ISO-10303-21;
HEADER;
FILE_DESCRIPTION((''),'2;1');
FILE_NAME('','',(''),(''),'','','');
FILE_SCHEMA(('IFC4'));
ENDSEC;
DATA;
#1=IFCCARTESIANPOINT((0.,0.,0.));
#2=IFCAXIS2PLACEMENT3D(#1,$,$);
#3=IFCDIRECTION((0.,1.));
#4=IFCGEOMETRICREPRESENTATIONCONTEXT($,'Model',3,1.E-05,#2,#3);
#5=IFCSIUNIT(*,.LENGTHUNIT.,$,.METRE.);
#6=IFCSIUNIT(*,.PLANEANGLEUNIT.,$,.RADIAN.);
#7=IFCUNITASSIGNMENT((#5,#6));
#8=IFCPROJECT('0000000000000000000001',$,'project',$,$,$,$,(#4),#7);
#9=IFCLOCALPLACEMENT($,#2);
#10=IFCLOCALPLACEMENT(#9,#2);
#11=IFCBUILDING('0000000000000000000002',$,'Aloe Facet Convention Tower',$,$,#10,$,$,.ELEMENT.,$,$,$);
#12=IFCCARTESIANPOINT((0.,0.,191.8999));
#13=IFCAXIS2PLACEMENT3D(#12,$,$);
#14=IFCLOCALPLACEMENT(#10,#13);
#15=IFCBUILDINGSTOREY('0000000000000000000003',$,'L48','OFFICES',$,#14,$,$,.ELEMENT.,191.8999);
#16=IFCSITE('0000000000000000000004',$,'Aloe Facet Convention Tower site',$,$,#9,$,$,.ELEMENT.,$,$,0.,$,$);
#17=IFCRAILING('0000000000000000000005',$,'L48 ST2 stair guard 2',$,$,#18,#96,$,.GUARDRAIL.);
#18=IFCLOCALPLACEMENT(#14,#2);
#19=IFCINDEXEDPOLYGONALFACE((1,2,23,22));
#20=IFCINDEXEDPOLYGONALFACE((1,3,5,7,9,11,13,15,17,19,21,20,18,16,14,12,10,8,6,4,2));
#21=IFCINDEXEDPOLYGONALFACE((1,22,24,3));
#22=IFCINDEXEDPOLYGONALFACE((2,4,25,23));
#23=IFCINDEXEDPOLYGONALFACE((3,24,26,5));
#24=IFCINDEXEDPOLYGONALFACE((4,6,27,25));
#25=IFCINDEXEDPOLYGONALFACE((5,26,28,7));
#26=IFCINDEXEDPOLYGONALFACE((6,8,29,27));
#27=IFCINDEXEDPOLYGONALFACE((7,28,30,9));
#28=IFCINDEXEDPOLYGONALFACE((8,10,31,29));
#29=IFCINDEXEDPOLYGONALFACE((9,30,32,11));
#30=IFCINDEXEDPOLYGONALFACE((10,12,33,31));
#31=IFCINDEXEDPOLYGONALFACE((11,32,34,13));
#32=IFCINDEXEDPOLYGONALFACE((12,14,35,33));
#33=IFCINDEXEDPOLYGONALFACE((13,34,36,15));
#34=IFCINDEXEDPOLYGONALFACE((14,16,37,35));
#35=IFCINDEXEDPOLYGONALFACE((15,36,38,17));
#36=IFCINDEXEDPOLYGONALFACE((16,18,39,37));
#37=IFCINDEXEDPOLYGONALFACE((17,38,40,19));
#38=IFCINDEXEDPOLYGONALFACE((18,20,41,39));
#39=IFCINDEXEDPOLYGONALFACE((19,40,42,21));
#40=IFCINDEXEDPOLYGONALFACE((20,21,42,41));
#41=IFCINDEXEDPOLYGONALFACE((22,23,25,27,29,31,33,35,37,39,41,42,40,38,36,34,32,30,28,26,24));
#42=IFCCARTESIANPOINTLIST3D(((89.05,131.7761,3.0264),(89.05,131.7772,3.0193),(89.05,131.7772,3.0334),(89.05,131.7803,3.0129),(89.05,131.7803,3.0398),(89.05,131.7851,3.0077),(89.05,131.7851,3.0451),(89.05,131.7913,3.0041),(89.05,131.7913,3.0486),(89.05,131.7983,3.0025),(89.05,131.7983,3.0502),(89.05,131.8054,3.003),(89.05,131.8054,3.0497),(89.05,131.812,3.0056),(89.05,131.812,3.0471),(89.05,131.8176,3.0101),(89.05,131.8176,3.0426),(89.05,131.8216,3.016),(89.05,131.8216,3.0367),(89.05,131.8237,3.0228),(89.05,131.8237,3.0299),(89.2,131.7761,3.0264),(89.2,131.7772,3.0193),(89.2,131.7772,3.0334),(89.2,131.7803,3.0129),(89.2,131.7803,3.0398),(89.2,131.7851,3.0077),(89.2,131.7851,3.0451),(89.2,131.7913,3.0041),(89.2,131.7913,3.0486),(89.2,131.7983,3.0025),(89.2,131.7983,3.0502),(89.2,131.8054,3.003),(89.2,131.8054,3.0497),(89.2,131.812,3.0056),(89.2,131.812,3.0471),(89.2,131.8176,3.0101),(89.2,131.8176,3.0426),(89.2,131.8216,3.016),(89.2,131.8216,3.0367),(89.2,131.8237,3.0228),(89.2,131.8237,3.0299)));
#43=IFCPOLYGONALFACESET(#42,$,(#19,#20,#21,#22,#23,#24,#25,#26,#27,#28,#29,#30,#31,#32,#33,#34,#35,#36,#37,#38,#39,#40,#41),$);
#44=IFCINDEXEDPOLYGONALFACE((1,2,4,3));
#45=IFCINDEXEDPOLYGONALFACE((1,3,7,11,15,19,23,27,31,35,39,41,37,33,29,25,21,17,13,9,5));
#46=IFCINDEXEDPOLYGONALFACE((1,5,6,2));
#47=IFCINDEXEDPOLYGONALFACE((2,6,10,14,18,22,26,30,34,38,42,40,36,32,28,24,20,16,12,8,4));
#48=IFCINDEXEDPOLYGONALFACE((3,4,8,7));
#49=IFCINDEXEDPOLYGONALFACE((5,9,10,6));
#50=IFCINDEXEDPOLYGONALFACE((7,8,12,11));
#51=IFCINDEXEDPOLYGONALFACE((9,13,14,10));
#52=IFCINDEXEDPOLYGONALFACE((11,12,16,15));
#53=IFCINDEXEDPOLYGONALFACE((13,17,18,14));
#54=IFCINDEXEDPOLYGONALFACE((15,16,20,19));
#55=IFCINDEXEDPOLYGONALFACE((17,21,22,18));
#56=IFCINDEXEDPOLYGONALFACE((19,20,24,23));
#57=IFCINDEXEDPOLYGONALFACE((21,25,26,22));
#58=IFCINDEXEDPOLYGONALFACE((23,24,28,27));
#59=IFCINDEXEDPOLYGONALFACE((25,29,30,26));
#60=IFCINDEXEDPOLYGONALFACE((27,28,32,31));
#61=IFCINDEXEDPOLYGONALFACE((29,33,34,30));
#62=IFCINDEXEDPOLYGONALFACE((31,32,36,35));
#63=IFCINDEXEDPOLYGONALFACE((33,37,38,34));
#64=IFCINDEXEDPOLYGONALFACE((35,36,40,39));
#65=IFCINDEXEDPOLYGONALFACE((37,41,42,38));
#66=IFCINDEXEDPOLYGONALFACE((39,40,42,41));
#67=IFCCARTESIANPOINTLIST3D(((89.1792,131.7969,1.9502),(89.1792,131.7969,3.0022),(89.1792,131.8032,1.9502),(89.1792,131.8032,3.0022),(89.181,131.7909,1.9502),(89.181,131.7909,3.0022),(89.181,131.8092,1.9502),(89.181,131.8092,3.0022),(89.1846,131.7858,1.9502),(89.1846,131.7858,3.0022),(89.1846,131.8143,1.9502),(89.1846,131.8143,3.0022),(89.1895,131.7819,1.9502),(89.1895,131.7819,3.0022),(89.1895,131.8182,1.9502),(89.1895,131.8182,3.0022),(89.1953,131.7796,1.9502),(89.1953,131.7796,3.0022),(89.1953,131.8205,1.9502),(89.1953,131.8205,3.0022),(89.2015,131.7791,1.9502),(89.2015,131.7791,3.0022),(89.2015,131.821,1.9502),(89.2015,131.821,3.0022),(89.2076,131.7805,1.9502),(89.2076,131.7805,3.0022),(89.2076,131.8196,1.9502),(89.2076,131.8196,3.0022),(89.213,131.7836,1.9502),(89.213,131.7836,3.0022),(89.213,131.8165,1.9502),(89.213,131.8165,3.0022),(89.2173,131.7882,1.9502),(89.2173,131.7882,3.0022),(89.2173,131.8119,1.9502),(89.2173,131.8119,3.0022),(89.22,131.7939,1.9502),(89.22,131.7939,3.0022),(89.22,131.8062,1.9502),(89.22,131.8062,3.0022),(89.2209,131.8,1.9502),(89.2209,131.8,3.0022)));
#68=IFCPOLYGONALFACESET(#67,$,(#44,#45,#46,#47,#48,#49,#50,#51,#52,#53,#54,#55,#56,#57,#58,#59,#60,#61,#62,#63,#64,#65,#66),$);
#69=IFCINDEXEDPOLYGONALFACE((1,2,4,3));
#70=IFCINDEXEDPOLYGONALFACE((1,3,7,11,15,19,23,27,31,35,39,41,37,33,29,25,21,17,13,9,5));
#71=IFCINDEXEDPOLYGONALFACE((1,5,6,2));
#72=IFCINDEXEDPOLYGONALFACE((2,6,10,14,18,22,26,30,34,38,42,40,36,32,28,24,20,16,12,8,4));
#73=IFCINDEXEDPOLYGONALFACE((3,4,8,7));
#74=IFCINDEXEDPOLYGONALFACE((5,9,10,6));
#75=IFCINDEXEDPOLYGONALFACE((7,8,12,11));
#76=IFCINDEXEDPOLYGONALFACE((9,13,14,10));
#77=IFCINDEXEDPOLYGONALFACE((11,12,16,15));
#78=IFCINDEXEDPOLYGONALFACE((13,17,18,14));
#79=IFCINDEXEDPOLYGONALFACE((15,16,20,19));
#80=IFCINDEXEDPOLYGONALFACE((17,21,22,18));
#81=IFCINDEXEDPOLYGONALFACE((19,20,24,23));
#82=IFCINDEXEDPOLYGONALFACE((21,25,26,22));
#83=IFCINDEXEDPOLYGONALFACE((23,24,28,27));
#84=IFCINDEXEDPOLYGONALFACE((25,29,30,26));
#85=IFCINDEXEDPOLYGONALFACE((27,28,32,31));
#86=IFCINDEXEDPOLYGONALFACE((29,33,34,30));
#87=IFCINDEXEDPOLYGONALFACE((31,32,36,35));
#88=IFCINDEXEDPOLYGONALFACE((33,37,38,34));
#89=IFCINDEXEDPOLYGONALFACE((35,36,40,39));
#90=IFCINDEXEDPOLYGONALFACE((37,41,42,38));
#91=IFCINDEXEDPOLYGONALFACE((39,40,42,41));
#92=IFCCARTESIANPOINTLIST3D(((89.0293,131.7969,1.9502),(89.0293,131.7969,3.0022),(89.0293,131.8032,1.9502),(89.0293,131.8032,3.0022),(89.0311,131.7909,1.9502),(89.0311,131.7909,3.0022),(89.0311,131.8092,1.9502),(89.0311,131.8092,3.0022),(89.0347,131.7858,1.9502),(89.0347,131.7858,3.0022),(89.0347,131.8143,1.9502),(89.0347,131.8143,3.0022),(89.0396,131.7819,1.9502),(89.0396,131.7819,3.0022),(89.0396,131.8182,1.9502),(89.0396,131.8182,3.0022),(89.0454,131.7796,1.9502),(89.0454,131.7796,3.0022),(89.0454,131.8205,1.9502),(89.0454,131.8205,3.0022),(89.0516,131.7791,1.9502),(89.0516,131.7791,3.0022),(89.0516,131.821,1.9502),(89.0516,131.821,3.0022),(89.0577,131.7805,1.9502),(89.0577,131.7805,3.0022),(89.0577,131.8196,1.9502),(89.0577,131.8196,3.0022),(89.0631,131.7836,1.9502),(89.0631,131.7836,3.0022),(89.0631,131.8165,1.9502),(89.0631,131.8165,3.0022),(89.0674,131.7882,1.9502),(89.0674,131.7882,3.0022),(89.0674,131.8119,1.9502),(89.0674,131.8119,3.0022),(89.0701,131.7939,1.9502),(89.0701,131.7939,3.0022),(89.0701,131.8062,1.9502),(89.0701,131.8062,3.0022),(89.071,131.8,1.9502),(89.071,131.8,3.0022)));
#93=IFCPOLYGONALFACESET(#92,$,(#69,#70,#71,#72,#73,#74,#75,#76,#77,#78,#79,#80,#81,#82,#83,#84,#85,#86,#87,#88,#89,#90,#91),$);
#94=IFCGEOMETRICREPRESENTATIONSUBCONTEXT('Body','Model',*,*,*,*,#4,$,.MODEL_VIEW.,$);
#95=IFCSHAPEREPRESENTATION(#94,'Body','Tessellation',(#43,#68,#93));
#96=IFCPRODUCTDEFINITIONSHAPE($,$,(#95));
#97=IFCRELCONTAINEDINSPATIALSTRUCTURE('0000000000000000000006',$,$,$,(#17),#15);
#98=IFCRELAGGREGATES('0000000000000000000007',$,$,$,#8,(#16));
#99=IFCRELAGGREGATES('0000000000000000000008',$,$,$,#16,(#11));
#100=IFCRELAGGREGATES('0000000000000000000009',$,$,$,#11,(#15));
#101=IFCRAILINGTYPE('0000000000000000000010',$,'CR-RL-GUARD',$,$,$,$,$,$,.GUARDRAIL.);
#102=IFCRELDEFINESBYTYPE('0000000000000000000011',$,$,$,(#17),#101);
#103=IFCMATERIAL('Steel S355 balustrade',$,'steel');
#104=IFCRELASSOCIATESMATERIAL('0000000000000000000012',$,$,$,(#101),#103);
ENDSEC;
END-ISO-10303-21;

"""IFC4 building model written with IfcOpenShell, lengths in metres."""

from ifc_helpers import new_model, si_unit, direction, frame, origin, origin_2d, place, context, subcontext, project, spatial, circle, extrude, material, type_object, element, save


model = new_model("IFC4")

# Units and contexts
model_context = context("Model", 3, precision=1e-05, world=origin(), true_north=direction((0.0, 1.0)))
body_context = subcontext(model_context, "Body", "Model", "MODEL_VIEW")
ifc_project = project(units=[si_unit("LENGTHUNIT", "METRE"), si_unit("PLANEANGLEUNIT", "RADIAN")], contexts=[model_context])

# Site, building, storey
site_placement = place(None, origin())
site = spatial("IfcSite", under=ifc_project, at=site_placement, Name="Aloe Facet Convention Tower site", CompositionType="ELEMENT", RefElevation=0.0)
building_placement = place(site_placement, origin())
building = spatial("IfcBuilding", under=site, at=building_placement, Name="Aloe Facet Convention Tower", CompositionType="ELEMENT")
storey_placement = place(building_placement, frame((0.0, 0.0, 191.8999)))
storey = spatial("IfcBuildingStorey", under=building, at=storey_placement, Name="L48", Description="OFFICES", CompositionType="ELEMENT", Elevation=191.8999)

# Railing
ifc_material_1 = material(Name="Steel S355 balustrade", Category="steel")
railing_type_1 = type_object("IfcRailingType", Name="CR-RL-GUARD", PredefinedType="GUARDRAIL", material=ifc_material_1)
railing_1_placement = place(storey_placement, frame((89.2, 131.8, 1.9502)))
element("IfcRailing", 1, at=railing_1_placement, inside=storey, type_object=railing_type_1, Name="L48 ST2 stair guard 2", PredefinedType="GUARDRAIL", context=body_context, shape_type="SweptSolid", body=[
    extrude(circle(Radius=0.0239, at=origin_2d()), frame((0.0, 0.0, 1.0762), z_axis=(-1.0, 0.0, 0.0), x_axis=(0.0, -1.0, 0.0)), (0.0, 0.0, 1.0), 0.1499),
    extrude(circle(Radius=0.021, at=origin_2d()), origin(), (0.0, 0.0, 1.0), 1.052),
    extrude(circle(Radius=0.021, at=origin_2d()), frame((-0.1499, 0.0, 0.0)), (0.0, 0.0, 1.0), 1.052),
])

save(model, "model.ifc")
